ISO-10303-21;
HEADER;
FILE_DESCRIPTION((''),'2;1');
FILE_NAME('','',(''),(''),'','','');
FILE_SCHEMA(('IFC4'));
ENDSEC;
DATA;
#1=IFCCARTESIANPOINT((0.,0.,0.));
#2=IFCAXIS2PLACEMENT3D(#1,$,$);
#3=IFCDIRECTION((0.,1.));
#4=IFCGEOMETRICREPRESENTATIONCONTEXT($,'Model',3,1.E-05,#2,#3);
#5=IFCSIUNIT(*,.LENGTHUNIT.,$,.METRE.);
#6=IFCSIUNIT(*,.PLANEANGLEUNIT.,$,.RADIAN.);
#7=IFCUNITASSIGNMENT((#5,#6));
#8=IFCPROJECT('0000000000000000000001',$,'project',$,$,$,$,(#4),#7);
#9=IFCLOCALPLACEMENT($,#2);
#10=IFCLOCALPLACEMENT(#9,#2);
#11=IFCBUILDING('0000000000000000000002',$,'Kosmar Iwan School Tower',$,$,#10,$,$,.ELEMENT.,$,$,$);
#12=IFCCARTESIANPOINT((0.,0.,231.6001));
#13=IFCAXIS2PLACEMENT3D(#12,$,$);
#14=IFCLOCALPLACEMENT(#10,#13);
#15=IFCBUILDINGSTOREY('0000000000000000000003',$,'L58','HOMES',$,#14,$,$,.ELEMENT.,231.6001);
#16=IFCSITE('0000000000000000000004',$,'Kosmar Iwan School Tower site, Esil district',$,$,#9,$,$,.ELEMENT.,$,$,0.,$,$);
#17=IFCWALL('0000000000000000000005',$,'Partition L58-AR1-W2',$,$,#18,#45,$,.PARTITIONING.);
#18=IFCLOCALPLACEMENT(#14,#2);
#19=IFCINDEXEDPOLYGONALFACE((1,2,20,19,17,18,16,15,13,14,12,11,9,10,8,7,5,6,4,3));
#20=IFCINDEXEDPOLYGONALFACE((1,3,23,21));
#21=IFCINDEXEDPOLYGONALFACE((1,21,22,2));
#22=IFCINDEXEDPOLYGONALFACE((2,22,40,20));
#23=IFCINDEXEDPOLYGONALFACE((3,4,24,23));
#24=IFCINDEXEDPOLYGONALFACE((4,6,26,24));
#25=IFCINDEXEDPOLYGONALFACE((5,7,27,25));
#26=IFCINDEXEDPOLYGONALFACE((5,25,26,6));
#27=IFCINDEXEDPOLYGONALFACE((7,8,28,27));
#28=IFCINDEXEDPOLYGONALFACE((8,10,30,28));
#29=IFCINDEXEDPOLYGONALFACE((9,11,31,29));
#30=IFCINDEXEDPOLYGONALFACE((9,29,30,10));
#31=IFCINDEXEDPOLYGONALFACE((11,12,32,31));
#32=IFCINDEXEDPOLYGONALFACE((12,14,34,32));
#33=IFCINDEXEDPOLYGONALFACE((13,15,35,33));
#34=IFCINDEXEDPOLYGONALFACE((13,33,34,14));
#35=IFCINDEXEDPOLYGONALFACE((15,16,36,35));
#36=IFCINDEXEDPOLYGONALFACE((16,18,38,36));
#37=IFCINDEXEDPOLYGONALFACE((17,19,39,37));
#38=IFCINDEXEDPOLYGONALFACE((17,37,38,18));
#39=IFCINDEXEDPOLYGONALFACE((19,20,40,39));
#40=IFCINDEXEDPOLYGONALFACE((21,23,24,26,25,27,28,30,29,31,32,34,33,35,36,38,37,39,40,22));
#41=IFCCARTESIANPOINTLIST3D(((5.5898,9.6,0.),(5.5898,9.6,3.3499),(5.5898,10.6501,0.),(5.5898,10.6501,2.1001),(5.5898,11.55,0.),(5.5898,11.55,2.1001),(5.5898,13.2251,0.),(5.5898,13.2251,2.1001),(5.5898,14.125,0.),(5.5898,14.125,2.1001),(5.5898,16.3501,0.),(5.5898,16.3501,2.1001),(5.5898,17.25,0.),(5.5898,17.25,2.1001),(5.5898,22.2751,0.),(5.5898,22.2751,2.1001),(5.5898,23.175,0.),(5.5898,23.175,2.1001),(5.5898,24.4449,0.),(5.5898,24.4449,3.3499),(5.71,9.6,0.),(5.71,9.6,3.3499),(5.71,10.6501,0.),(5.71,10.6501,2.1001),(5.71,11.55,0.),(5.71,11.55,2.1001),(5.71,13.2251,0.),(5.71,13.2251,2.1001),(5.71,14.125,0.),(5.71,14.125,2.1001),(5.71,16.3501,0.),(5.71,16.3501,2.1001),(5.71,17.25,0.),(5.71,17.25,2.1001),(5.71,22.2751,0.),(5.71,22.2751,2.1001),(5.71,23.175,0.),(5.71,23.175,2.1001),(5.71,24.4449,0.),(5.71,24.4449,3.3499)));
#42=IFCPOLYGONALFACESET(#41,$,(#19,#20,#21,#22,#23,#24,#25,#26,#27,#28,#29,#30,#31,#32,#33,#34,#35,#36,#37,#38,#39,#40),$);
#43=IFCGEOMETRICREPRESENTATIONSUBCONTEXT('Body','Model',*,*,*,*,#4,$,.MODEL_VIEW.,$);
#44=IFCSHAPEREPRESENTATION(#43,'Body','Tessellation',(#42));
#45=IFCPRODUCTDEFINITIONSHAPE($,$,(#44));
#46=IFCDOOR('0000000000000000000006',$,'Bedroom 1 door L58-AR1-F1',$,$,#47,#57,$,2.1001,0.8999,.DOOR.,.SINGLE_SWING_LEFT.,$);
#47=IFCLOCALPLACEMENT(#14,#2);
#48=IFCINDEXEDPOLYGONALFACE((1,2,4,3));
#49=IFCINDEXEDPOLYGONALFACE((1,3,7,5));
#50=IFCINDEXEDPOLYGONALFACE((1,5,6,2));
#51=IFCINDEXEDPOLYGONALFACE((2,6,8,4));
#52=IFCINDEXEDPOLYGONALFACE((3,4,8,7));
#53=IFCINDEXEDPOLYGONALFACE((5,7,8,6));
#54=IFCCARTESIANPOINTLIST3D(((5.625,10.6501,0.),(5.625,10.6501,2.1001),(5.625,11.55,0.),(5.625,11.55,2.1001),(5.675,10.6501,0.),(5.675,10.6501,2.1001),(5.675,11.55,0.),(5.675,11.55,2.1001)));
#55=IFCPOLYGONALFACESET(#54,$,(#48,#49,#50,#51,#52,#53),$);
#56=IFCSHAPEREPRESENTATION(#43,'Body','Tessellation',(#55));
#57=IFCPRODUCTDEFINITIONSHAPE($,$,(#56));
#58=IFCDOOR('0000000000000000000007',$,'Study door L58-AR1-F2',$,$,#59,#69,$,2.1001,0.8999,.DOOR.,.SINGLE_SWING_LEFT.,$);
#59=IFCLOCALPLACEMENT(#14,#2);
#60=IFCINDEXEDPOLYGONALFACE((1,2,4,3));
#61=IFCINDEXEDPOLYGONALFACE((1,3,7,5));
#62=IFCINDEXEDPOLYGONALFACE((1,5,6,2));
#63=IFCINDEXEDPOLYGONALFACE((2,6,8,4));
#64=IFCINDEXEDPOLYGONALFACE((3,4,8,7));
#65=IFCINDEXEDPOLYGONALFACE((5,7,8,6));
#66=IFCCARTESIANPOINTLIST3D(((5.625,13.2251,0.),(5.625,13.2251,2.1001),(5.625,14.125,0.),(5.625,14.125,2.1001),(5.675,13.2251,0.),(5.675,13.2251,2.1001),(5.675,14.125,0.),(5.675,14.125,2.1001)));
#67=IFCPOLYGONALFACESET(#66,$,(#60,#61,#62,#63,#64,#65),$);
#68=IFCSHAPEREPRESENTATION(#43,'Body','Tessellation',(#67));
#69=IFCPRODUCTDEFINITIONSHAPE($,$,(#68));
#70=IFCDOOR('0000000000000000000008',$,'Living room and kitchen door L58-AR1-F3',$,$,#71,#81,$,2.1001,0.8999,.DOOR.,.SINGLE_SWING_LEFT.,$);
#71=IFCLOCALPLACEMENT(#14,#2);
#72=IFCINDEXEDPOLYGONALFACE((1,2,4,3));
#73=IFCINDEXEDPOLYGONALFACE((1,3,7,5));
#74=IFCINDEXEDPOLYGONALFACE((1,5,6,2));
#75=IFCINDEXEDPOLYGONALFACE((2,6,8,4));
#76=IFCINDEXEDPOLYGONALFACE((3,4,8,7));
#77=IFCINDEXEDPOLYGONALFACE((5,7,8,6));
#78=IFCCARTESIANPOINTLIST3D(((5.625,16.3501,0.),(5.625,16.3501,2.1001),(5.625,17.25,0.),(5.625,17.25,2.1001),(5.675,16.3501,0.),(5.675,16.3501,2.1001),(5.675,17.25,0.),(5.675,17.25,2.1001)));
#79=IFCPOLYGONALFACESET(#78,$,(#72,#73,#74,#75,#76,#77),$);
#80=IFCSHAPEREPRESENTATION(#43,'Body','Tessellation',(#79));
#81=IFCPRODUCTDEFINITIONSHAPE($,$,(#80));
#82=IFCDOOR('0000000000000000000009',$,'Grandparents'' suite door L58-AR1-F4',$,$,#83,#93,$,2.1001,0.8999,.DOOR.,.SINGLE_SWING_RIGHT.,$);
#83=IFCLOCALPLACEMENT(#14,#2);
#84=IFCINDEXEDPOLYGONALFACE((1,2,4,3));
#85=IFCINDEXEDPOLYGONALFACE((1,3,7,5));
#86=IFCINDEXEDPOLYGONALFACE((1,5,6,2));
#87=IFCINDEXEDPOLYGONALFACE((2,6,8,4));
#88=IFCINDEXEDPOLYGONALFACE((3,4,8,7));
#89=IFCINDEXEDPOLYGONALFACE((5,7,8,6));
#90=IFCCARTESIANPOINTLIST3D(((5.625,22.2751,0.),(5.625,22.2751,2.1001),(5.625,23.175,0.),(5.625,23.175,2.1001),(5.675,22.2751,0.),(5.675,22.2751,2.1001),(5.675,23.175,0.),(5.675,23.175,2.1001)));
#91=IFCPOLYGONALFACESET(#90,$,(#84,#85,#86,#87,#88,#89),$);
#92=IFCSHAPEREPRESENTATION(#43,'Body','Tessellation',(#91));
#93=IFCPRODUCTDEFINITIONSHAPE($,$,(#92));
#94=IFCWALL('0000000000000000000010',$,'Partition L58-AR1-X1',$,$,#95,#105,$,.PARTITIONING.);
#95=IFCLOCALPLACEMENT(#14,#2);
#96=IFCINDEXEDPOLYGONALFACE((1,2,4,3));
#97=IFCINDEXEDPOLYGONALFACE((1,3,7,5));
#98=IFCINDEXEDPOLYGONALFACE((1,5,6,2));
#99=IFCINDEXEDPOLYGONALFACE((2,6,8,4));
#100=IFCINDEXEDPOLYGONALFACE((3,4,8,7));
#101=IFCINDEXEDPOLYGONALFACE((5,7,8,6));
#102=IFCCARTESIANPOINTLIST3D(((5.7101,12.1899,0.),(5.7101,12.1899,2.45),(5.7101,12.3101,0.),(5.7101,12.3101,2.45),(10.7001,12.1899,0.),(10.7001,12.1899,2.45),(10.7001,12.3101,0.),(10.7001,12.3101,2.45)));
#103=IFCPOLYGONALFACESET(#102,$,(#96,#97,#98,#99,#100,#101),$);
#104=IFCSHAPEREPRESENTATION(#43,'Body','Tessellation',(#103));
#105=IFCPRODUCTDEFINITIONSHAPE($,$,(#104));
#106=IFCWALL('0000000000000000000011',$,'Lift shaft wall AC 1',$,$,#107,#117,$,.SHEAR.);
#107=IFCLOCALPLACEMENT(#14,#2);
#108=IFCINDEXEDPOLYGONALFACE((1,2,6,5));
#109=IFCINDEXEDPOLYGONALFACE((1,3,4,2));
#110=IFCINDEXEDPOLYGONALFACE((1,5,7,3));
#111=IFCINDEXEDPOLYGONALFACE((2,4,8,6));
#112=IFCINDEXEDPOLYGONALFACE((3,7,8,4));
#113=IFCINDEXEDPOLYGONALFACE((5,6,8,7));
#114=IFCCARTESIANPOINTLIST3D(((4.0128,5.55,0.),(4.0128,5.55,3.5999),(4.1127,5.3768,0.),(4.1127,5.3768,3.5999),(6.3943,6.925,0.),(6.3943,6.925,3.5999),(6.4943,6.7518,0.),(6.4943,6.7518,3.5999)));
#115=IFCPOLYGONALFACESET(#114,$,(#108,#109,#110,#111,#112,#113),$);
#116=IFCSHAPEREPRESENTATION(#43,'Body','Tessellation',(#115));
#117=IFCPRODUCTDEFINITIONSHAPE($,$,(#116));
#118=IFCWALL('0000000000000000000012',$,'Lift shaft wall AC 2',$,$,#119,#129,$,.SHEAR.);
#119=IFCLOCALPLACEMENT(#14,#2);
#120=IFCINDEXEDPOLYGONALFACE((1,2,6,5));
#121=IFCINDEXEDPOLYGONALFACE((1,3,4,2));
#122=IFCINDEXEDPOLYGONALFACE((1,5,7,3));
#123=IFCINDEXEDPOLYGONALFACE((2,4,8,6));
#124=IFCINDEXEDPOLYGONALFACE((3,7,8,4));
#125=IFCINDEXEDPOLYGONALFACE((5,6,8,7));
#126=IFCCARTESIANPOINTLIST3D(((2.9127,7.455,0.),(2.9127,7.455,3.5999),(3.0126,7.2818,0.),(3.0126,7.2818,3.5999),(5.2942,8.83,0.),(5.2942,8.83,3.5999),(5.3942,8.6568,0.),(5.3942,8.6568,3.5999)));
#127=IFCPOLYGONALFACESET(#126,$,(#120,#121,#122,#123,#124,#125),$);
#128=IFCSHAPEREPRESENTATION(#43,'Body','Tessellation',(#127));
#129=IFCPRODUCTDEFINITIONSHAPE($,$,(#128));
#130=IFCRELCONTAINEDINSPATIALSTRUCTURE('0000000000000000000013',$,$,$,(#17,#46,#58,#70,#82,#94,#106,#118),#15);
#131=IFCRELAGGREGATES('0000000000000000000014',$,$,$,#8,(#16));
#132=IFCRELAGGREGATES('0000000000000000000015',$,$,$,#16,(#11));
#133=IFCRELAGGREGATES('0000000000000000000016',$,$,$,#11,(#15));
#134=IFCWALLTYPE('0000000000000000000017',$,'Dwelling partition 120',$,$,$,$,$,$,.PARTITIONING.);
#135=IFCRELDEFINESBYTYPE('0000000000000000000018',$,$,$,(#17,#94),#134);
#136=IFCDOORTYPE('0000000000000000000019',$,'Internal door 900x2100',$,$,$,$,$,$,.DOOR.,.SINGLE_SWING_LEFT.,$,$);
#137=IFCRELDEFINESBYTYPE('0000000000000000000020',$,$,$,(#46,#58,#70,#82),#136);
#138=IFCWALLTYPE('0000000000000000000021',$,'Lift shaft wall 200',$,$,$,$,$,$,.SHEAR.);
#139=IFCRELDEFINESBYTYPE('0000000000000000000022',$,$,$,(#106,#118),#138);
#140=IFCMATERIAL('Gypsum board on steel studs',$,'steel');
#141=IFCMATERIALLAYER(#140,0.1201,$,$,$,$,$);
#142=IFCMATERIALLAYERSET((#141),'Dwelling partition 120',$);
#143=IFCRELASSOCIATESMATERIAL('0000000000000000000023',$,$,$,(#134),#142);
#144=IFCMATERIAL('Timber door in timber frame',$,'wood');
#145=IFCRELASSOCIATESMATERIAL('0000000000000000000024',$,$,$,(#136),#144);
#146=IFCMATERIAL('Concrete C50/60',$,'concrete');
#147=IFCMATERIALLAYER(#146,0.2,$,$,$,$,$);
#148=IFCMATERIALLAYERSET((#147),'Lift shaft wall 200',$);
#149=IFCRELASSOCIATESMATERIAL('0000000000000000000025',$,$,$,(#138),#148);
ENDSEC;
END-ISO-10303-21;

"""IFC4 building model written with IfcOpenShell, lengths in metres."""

from ifc_helpers import new_model, si_unit, direction, frame, frame_2d, origin, place, context, subcontext, project, spatial, rectangle, extrude, material, layer, layer_set, type_object, element, fill, save


model = new_model("IFC4")

# Units and contexts
model_context = context("Model", 3, precision=1e-05, world=origin(), true_north=direction((0.0, 1.0)))
body_context = subcontext(model_context, "Body", "Model", "MODEL_VIEW")
ifc_project = project(units=[si_unit("LENGTHUNIT", "METRE"), si_unit("PLANEANGLEUNIT", "RADIAN")], contexts=[model_context])

# Site, building, storey
site_placement = place(None, origin())
site = spatial("IfcSite", under=ifc_project, at=site_placement, Name="Kosmar Iwan School Tower site, Esil district", CompositionType="ELEMENT", RefElevation=0.0)
building_placement = place(site_placement, origin())
building = spatial("IfcBuilding", under=site, at=building_placement, Name="Kosmar Iwan School Tower", CompositionType="ELEMENT")
storey_placement = place(building_placement, frame((0.0, 0.0, 231.6001)))
storey = spatial("IfcBuildingStorey", under=building, at=storey_placement, Name="L58", Description="HOMES", CompositionType="ELEMENT", Elevation=231.6001)

# Wall, openings, doors
ifc_material_1 = material(Name="Gypsum board on steel studs", Category="steel")
ifc_layer_1 = layer(ifc_material_1, 0.1201)
ifc_layer_set_1 = layer_set([ifc_layer_1], Name="Dwelling partition 120")
wall_type_1 = type_object("IfcWallType", Name="Dwelling partition 120", PredefinedType="PARTITIONING", material=ifc_layer_set_1)
ifc_material_2 = material(Name="Timber door in timber frame", Category="wood")
door_type_1 = type_object("IfcDoorType", Name="Internal door 900x2100", OperationType="SINGLE_SWING_LEFT", PredefinedType="DOOR", material=ifc_material_2)
wall_1_placement = place(storey_placement, frame((5.6499, 9.6001, 0.0), z_axis=(0.0, 0.0, 1.0), x_axis=(0.0, 1.0, 0.0)))
wall_1 = element("IfcWall", 1, at=wall_1_placement, inside=storey, type_object=wall_type_1, Name="Partition L58-AR1-W2", PredefinedType="PARTITIONING", context=body_context, shape_type="SweptSolid", body=[
    extrude(rectangle(XDim=14.845, YDim=0.1201, at=frame_2d((7.4224, 0.0))), origin(), (0.0, 0.0, 1.0), 3.3499),
])
opening_1_placement = place(wall_1_placement, frame((1.05, 0.0, 0.0)))
opening_1 = element("IfcOpeningElement", 2, at=opening_1_placement, cuts=wall_1, PredefinedType="OPENING", context=body_context, shape_type="SweptSolid", body=[
    extrude(rectangle(XDim=0.8999, YDim=2.1001, at=frame_2d((0.45, 1.05))), frame((0.0, 0.072, 0.0), z_axis=(0.0, -1.0, 0.0), x_axis=(1.0, 0.0, 0.0)), (0.0, 0.0, 1.0), 0.144),
])
opening_2_placement = place(wall_1_placement, frame((3.625, 0.0, 0.0)))
opening_2 = element("IfcOpeningElement", 3, at=opening_2_placement, cuts=wall_1, PredefinedType="OPENING", context=body_context, shape_type="SweptSolid", body=[
    extrude(rectangle(XDim=0.8999, YDim=2.1001, at=frame_2d((0.45, 1.05))), frame((0.0, 0.072, 0.0), z_axis=(0.0, -1.0, 0.0), x_axis=(1.0, 0.0, 0.0)), (0.0, 0.0, 1.0), 0.144),
])
opening_3_placement = place(wall_1_placement, frame((6.75, 0.0, 0.0)))
opening_3 = element("IfcOpeningElement", 4, at=opening_3_placement, cuts=wall_1, PredefinedType="OPENING", context=body_context, shape_type="SweptSolid", body=[
    extrude(rectangle(XDim=0.8999, YDim=2.1001, at=frame_2d((0.45, 1.05))), frame((0.0, 0.072, 0.0), z_axis=(0.0, -1.0, 0.0), x_axis=(1.0, 0.0, 0.0)), (0.0, 0.0, 1.0), 0.144),
])
opening_4_placement = place(wall_1_placement, frame((12.675, 0.0, 0.0)))
opening_4 = element("IfcOpeningElement", 5, at=opening_4_placement, cuts=wall_1, PredefinedType="OPENING", context=body_context, shape_type="SweptSolid", body=[
    extrude(rectangle(XDim=0.8999, YDim=2.1001, at=frame_2d((0.45, 1.05))), frame((0.0, 0.072, 0.0), z_axis=(0.0, -1.0, 0.0), x_axis=(1.0, 0.0, 0.0)), (0.0, 0.0, 1.0), 0.144),
])
door_1_placement = place(opening_1_placement, origin())
door_1 = element("IfcDoor", 6, at=door_1_placement, inside=storey, type_object=door_type_1, Name="Bedroom 1 door L58-AR1-F1", OperationType="SINGLE_SWING_LEFT", OverallHeight=2.1001, OverallWidth=0.8999, PredefinedType="DOOR", context=body_context, shape_type="SweptSolid", body=[
    extrude(rectangle(XDim=0.8999, YDim=2.1001, at=frame_2d((0.45, 1.05))), frame((0.0, 0.0249, 0.0), z_axis=(0.0, -1.0, 0.0), x_axis=(1.0, 0.0, 0.0)), (0.0, 0.0, 1.0), 0.05),
])
fill(opening_1, door_1)
door_2_placement = place(opening_2_placement, origin())
door_2 = element("IfcDoor", 7, at=door_2_placement, inside=storey, type_object=door_type_1, Name="Study door L58-AR1-F2", OperationType="SINGLE_SWING_LEFT", OverallHeight=2.1001, OverallWidth=0.8999, PredefinedType="DOOR", context=body_context, shape_type="SweptSolid", body=[
    extrude(rectangle(XDim=0.8999, YDim=2.1001, at=frame_2d((0.45, 1.05))), frame((0.0, 0.0249, 0.0), z_axis=(0.0, -1.0, 0.0), x_axis=(1.0, 0.0, 0.0)), (0.0, 0.0, 1.0), 0.05),
])
fill(opening_2, door_2)
door_3_placement = place(opening_3_placement, origin())
door_3 = element("IfcDoor", 8, at=door_3_placement, inside=storey, type_object=door_type_1, Name="Living room and kitchen door L58-AR1-F3", OperationType="SINGLE_SWING_LEFT", OverallHeight=2.1001, OverallWidth=0.8999, PredefinedType="DOOR", context=body_context, shape_type="SweptSolid", body=[
    extrude(rectangle(XDim=0.8999, YDim=2.1001, at=frame_2d((0.45, 1.05))), frame((0.0, 0.0249, 0.0), z_axis=(0.0, -1.0, 0.0), x_axis=(1.0, 0.0, 0.0)), (0.0, 0.0, 1.0), 0.05),
])
fill(opening_3, door_3)
door_4_placement = place(opening_4_placement, origin())
door_4 = element("IfcDoor", 9, at=door_4_placement, inside=storey, type_object=door_type_1, Name="Grandparents' suite door L58-AR1-F4", OperationType="SINGLE_SWING_RIGHT", OverallHeight=2.1001, OverallWidth=0.8999, PredefinedType="DOOR", context=body_context, shape_type="SweptSolid", body=[
    extrude(rectangle(XDim=0.8999, YDim=2.1001, at=frame_2d((0.45, 1.05))), frame((0.0, 0.0249, 0.0), z_axis=(0.0, -1.0, 0.0), x_axis=(1.0, 0.0, 0.0)), (0.0, 0.0, 1.0), 0.05),
])
fill(opening_4, door_4)

# Walls
wall_2_placement = place(storey_placement, frame((5.71, 12.25, 0.0), z_axis=(0.0, 0.0, 1.0), x_axis=(1.0, 0.0, 0.0)))
element("IfcWall", 10, at=wall_2_placement, inside=storey, type_object=wall_type_1, Name="Partition L58-AR1-X1", PredefinedType="PARTITIONING", context=body_context, shape_type="SweptSolid", body=[
    extrude(rectangle(XDim=4.99, YDim=0.1201, at=frame_2d((2.4951, 0.0))), origin(), (0.0, 0.0, 1.0), 2.45),
])
ifc_material_3 = material(Name="Concrete C50/60", Category="concrete")
ifc_layer_2 = layer(ifc_material_3, 0.2)
ifc_layer_set_2 = layer_set([ifc_layer_2], Name="Lift shaft wall 200")
wall_type_2 = type_object("IfcWallType", Name="Lift shaft wall 200", PredefinedType="SHEAR", material=ifc_layer_set_2)
for number, where, z_axis, x_axis, name in (
    (11, (4.0627, 5.4634, 0.0), (0.0, 0.0, 1.0), (0.866027, 0.499997, 0.0), "Lift shaft wall AC 1"),
    (12, (2.9626, 7.3684, 0.0), (0.0, 0.0, 1.0), (0.866027, 0.499997, 0.0), "Lift shaft wall AC 2"),
):
    element("IfcWall", number, at=place(storey_placement, frame(where, z_axis=z_axis, x_axis=x_axis)), inside=storey, type_object=wall_type_2, Name=name, PredefinedType="SHEAR", context=body_context, shape_type="SweptSolid", body=[
        extrude(rectangle(XDim=2.75, YDim=0.2, at=frame_2d((1.375, 0.0))), origin(), (0.0, 0.0, 1.0), 3.5999),
    ])

save(model, "model.ifc")
